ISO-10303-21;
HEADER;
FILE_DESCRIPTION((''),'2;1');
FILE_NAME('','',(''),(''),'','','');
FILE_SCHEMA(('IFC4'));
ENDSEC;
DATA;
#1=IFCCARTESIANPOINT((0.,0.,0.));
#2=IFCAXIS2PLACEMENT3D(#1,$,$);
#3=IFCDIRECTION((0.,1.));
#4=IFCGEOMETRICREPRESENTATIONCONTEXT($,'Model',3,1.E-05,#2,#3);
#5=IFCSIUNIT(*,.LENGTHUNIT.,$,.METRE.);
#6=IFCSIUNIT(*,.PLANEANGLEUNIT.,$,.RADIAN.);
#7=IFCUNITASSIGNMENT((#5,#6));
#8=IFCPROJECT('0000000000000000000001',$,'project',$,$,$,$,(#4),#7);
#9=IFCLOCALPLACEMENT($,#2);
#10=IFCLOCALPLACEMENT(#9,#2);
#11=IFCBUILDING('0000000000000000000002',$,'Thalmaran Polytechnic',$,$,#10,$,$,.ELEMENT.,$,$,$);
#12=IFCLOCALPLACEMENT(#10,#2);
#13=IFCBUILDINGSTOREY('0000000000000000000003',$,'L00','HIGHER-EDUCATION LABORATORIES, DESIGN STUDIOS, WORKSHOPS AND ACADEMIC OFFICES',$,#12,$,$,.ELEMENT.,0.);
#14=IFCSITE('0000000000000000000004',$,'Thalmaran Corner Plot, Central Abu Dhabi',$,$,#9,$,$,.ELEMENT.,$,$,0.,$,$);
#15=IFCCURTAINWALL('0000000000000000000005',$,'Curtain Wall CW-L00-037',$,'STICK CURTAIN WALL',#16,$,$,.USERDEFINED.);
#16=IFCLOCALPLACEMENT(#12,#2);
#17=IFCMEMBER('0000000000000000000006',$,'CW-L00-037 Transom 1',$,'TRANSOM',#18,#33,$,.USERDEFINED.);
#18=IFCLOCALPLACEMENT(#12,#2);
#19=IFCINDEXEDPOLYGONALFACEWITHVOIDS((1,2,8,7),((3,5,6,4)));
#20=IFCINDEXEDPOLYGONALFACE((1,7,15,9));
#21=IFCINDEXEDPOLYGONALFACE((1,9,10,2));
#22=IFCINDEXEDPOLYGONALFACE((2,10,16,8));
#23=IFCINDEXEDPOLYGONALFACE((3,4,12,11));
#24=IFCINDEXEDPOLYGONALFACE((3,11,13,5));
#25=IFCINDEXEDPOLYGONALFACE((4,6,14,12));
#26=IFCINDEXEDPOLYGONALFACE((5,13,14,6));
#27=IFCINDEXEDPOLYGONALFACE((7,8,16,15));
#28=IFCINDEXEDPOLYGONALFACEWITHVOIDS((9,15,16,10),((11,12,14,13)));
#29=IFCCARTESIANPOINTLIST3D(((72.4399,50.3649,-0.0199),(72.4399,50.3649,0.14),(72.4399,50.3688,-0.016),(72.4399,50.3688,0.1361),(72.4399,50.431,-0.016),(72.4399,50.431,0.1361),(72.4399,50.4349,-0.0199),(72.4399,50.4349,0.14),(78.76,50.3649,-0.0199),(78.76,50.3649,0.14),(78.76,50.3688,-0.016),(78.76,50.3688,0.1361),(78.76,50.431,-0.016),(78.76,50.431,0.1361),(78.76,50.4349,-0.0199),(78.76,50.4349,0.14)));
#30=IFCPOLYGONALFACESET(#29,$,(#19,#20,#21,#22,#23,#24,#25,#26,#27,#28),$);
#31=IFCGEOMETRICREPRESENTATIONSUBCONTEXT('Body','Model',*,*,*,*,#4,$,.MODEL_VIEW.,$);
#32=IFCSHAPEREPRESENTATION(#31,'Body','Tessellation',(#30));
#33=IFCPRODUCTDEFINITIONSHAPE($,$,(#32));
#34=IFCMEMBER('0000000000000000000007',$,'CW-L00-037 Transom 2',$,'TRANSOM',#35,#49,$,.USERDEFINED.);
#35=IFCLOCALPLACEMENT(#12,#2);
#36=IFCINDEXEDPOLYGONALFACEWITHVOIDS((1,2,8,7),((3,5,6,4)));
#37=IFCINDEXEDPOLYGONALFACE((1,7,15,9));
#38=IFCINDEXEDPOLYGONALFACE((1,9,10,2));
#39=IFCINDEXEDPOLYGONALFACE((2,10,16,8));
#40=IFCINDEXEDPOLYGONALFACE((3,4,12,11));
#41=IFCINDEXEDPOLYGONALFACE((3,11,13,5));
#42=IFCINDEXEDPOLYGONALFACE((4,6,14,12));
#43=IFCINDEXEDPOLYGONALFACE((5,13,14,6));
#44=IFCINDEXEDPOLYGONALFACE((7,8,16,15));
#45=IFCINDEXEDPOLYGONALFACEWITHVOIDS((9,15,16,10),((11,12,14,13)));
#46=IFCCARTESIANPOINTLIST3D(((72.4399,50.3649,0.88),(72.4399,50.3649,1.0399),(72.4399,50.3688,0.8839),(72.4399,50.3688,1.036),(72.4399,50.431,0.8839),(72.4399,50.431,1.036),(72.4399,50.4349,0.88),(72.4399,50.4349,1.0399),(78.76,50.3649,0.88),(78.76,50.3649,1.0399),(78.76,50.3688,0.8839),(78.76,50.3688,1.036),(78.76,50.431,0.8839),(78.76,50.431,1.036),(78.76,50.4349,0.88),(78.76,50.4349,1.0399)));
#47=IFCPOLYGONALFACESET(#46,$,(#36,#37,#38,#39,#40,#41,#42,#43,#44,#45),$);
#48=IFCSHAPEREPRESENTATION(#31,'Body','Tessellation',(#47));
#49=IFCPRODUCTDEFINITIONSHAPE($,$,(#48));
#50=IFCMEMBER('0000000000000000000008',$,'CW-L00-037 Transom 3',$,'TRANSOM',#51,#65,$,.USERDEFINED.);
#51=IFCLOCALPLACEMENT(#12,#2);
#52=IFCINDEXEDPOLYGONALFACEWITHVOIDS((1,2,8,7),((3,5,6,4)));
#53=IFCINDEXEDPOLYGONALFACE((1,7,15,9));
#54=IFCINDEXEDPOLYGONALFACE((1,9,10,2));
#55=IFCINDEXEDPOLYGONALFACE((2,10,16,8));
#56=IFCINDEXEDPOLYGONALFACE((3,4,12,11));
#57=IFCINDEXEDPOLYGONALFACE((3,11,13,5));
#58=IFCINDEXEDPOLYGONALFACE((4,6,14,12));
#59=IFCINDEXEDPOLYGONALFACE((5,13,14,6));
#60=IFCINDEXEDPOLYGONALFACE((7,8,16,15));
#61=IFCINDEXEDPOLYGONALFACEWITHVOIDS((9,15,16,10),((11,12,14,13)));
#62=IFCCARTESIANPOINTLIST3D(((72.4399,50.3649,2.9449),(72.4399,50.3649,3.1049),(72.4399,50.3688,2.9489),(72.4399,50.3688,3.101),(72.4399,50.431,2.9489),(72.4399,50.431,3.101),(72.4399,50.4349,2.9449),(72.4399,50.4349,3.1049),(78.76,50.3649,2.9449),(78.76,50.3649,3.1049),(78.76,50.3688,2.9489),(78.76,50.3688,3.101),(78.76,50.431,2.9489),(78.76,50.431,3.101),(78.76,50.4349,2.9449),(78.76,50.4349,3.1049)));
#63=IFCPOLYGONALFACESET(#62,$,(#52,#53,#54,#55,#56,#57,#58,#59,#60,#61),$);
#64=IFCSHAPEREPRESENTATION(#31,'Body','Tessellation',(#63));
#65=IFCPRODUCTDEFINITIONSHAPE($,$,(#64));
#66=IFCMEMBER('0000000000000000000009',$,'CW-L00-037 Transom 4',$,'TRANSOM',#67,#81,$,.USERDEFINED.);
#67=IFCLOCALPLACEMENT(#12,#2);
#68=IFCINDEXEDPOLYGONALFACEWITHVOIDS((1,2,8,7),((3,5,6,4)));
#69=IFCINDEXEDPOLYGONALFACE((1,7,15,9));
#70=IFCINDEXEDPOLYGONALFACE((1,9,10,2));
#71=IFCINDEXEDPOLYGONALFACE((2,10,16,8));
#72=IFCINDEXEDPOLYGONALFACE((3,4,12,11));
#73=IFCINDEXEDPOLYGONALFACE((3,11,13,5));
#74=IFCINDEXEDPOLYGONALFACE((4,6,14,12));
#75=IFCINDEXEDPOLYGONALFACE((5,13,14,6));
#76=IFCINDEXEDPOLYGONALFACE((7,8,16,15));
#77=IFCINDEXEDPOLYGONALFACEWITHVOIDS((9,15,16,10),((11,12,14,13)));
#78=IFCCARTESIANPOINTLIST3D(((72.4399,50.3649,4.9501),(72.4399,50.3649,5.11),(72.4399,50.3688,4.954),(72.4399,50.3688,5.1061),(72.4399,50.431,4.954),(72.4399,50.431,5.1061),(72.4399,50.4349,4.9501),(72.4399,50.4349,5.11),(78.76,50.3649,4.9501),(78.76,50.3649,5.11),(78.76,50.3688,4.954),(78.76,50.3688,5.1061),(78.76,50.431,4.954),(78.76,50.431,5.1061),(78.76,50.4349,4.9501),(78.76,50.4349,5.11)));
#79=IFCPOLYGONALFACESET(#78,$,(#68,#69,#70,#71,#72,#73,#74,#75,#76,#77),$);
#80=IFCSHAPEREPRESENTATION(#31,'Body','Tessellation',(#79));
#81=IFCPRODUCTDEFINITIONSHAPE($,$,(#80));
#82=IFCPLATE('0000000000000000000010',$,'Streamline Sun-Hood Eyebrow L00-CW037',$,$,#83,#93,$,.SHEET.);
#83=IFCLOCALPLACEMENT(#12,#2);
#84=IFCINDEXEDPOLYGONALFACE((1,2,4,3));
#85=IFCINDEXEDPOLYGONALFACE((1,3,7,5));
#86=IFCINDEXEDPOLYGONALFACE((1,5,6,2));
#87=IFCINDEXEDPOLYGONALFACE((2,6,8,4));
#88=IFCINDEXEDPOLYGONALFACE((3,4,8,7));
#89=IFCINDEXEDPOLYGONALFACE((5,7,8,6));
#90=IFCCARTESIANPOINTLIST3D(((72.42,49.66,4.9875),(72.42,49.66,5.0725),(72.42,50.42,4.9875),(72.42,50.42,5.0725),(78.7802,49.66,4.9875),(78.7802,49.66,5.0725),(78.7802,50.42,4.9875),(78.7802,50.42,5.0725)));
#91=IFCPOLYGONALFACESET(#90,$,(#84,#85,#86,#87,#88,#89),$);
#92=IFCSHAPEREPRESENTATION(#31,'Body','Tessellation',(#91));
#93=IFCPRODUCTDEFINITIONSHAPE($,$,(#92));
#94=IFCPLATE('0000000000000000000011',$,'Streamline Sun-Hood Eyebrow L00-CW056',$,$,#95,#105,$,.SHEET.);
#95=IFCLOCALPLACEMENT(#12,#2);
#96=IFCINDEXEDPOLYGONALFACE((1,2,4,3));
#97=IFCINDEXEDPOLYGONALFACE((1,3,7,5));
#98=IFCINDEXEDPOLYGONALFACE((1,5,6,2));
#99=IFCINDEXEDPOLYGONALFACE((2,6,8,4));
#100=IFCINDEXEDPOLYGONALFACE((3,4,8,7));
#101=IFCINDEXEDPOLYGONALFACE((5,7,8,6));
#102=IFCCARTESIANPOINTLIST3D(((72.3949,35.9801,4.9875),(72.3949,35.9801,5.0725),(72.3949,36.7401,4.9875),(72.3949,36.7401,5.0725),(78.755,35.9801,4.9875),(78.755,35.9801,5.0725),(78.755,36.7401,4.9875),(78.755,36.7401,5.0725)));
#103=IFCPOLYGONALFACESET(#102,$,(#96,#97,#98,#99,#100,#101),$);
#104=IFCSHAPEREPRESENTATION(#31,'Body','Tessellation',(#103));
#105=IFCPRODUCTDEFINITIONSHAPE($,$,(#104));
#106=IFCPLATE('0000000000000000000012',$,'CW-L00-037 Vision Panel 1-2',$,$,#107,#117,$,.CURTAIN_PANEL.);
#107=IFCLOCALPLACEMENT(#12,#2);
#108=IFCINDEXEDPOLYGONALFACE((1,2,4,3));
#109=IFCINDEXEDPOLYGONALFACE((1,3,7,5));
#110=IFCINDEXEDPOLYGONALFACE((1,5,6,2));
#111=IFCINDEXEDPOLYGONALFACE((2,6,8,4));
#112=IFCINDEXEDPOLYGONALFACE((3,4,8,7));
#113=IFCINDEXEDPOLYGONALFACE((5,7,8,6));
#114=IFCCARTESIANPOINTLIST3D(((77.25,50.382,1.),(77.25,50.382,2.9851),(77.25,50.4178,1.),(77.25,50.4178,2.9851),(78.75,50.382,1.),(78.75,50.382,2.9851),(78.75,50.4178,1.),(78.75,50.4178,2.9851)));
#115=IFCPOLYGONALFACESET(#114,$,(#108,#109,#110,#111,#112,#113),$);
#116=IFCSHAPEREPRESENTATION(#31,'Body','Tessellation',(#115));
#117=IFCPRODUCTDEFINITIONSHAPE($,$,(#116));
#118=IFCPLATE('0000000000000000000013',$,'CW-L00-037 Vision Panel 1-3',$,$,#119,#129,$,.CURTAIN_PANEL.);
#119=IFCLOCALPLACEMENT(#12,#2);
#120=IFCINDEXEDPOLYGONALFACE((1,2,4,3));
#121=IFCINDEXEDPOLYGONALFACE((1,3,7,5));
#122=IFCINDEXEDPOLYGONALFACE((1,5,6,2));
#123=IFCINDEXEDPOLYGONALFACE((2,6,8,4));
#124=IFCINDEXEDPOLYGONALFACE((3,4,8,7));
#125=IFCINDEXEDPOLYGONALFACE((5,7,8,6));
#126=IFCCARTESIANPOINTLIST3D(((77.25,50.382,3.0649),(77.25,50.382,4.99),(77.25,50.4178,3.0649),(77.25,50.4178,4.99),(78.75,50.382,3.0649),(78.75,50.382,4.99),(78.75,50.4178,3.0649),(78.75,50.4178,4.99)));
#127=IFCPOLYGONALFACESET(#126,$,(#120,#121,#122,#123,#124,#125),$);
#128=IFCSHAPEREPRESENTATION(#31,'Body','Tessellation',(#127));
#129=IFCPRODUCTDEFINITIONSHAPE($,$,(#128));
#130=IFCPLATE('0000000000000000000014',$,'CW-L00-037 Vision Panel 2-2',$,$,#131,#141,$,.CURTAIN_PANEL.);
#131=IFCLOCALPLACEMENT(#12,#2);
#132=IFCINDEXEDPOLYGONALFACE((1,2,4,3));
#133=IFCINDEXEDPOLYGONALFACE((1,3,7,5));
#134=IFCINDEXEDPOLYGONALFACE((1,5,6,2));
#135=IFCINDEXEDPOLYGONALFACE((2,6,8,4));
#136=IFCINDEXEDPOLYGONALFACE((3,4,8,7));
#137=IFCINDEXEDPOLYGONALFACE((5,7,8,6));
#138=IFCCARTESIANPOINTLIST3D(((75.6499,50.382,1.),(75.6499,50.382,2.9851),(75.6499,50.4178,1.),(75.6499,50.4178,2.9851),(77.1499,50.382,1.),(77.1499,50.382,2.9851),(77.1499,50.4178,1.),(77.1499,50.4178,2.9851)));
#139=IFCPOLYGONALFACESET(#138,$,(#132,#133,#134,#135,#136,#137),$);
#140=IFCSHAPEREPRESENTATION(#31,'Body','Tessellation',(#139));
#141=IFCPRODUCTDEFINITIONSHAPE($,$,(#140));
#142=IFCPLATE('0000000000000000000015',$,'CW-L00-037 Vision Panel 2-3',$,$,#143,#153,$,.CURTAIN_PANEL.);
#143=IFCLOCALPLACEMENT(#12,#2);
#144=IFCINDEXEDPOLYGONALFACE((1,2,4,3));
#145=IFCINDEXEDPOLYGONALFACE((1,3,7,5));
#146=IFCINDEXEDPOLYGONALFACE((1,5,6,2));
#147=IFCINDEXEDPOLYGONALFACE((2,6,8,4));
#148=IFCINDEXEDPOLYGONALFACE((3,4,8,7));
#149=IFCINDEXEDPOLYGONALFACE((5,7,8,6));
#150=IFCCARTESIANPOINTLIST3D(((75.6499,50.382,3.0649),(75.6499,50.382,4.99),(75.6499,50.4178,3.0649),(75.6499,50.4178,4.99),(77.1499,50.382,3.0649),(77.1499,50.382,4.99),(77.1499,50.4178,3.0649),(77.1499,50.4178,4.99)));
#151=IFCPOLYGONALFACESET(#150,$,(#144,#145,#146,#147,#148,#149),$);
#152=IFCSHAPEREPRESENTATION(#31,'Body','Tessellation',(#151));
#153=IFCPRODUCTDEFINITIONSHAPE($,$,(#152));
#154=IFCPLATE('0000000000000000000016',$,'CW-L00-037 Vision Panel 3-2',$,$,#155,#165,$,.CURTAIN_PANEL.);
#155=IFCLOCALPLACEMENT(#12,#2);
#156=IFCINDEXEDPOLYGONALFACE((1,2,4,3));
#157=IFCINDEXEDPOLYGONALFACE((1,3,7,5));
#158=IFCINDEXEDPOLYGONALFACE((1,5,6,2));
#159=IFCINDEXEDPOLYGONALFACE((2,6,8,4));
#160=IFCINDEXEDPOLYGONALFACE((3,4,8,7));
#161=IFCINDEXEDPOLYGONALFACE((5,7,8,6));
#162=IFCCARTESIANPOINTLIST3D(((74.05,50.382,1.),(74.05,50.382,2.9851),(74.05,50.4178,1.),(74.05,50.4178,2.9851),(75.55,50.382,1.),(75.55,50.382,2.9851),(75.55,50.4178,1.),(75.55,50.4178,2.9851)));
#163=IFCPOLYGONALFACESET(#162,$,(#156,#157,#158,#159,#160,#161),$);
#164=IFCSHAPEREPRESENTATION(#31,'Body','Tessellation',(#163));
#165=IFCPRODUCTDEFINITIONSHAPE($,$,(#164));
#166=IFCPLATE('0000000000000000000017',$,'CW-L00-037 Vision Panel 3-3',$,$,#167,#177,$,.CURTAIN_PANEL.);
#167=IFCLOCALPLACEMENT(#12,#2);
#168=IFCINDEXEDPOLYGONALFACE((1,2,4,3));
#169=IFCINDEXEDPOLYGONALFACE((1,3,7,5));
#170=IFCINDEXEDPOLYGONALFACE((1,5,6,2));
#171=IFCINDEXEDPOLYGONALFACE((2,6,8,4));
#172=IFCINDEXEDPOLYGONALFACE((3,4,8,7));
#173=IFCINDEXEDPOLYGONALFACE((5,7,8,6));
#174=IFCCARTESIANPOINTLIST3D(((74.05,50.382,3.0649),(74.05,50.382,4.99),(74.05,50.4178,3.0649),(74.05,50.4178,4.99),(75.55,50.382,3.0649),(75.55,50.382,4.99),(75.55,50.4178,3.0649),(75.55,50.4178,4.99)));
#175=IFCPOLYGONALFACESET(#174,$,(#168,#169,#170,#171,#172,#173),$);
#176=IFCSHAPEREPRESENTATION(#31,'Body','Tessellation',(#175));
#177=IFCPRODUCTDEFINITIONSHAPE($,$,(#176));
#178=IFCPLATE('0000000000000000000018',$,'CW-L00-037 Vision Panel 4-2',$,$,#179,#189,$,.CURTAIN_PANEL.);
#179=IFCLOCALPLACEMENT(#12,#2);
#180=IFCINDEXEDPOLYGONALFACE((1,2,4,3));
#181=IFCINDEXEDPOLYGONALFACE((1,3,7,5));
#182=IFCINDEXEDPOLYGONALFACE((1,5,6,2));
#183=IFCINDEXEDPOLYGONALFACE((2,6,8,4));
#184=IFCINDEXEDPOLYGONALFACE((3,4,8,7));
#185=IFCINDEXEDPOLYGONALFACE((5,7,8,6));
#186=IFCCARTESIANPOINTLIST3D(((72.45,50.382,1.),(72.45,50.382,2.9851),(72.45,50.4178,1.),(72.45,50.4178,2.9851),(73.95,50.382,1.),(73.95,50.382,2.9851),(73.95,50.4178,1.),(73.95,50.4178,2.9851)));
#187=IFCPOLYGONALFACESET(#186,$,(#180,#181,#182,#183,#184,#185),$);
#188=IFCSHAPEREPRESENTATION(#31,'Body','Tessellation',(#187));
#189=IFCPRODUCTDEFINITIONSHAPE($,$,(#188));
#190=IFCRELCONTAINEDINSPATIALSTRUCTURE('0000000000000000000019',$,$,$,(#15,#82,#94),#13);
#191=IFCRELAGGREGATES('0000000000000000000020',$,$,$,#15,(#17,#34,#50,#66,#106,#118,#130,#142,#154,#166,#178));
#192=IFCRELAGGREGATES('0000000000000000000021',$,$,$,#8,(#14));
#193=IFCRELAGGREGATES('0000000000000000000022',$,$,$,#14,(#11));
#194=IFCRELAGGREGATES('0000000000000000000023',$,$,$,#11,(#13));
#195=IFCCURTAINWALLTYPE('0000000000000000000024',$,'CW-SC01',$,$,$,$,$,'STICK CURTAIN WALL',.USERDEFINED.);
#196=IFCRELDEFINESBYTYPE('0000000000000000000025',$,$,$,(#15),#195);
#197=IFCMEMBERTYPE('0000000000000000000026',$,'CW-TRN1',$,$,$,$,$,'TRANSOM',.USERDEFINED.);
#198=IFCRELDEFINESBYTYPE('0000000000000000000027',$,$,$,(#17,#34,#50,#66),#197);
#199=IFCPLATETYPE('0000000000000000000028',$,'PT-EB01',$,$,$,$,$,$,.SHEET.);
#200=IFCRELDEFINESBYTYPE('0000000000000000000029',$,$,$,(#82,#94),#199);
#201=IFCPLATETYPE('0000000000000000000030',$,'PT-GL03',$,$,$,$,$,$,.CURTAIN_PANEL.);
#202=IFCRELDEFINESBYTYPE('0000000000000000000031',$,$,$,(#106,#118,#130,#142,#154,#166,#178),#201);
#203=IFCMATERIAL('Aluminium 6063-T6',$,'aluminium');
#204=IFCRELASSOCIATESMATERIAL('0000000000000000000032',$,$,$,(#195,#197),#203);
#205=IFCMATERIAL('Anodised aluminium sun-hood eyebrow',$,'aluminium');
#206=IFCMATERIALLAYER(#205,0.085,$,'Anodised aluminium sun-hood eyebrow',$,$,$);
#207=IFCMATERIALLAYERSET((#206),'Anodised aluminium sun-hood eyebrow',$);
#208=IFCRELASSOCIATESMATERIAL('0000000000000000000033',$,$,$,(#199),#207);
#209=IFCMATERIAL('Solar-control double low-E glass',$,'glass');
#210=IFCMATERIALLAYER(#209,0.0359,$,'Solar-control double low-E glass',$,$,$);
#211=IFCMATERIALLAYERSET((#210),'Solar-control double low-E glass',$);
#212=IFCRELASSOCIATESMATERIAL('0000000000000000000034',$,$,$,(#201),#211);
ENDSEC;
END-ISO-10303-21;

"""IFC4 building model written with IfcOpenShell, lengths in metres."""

from ifc_helpers import new_model, si_unit, direction, frame, origin, origin_2d, place, context, subcontext, project, spatial, rectangle, hollow_rectangle, extrude, material, layer, layer_set, material_profile, profile_set, type_object, element, aggregate, save


model = new_model("IFC4")

# Units and contexts
model_context = context("Model", 3, precision=1e-05, world=origin(), true_north=direction((0.0, 1.0)))
body_context = subcontext(model_context, "Body", "Model", "MODEL_VIEW")
ifc_project = project(units=[si_unit("LENGTHUNIT", "METRE"), si_unit("PLANEANGLEUNIT", "RADIAN")], contexts=[model_context])

# Site, building, storey
site_placement = place(None, origin())
site = spatial("IfcSite", under=ifc_project, at=site_placement, Name="Thalmaran Corner Plot, Central Abu Dhabi", CompositionType="ELEMENT", RefElevation=0.0)
building_placement = place(site_placement, origin())
building = spatial("IfcBuilding", under=site, at=building_placement, Name="Thalmaran Polytechnic", CompositionType="ELEMENT")
storey_placement = place(building_placement, origin())
storey = spatial("IfcBuildingStorey", under=building, at=storey_placement, Name="L00", Description="HIGHER-EDUCATION LABORATORIES, DESIGN STUDIOS, WORKSHOPS AND ACADEMIC OFFICES", CompositionType="ELEMENT", Elevation=0.0)

# Shared definitions
ifc_material_1 = material(Name="Aluminium 6063-T6", Category="aluminium")
curtain_wall_type = type_object("IfcCurtainWallType", Name="CW-SC01", ElementType="STICK CURTAIN WALL", PredefinedType="USERDEFINED", material=ifc_material_1)

# Curtain wall, members
curtain_wall_1_placement = place(storey_placement, origin())
curtain_wall_1 = element("IfcCurtainWall", 1, at=curtain_wall_1_placement, inside=storey, type_object=curtain_wall_type, Name="Curtain Wall CW-L00-037", ObjectType="STICK CURTAIN WALL", PredefinedType="USERDEFINED")
ifc_material_profile_1 = material_profile(ifc_material_1, hollow_rectangle(XDim=0.0701, YDim=0.1599, WallThickness=0.0039, at=origin_2d()), Name="AL 160x70x4.0")
ifc_profile_set_1 = profile_set([ifc_material_profile_1], Name="Aluminium 6063-T6")
member_type_1 = type_object("IfcMemberType", Name="CW-TRN1", ElementType="TRANSOM", PredefinedType="USERDEFINED", material=ifc_profile_set_1)
member_1_placement = place(storey_placement, frame((78.76, 50.3999, 0.0601), z_axis=(-1.0, 0.0, 0.0), x_axis=(0.0, -1.0, 0.0)))
member_1 = element("IfcMember", 2, at=member_1_placement, type_object=member_type_1, Name="CW-L00-037 Transom 1", ObjectType="TRANSOM", PredefinedType="USERDEFINED", context=body_context, shape_type="SweptSolid", body=[
    extrude(hollow_rectangle(XDim=0.0701, YDim=0.1599, WallThickness=0.0039, at=origin_2d()), origin(), (0.0, 0.0, 1.0), 6.3201),
])
member_2_placement = place(storey_placement, frame((78.76, 50.3999, 0.96), z_axis=(-1.0, 0.0, 0.0), x_axis=(0.0, -1.0, 0.0)))
member_2 = element("IfcMember", 3, at=member_2_placement, type_object=member_type_1, Name="CW-L00-037 Transom 2", ObjectType="TRANSOM", PredefinedType="USERDEFINED", context=body_context, shape_type="SweptSolid", body=[
    extrude(hollow_rectangle(XDim=0.0701, YDim=0.1599, WallThickness=0.0039, at=origin_2d()), origin(), (0.0, 0.0, 1.0), 6.3201),
])
member_3_placement = place(storey_placement, frame((78.76, 50.3999, 3.0249), z_axis=(-1.0, 0.0, 0.0), x_axis=(0.0, -1.0, 0.0)))
member_3 = element("IfcMember", 4, at=member_3_placement, type_object=member_type_1, Name="CW-L00-037 Transom 3", ObjectType="TRANSOM", PredefinedType="USERDEFINED", context=body_context, shape_type="SweptSolid", body=[
    extrude(hollow_rectangle(XDim=0.0701, YDim=0.1599, WallThickness=0.0039, at=origin_2d()), origin(), (0.0, 0.0, 1.0), 6.3201),
])
member_4_placement = place(storey_placement, frame((78.76, 50.3999, 5.03), z_axis=(-1.0, 0.0, 0.0), x_axis=(0.0, -1.0, 0.0)))
member_4 = element("IfcMember", 5, at=member_4_placement, type_object=member_type_1, Name="CW-L00-037 Transom 4", ObjectType="TRANSOM", PredefinedType="USERDEFINED", context=body_context, shape_type="SweptSolid", body=[
    extrude(hollow_rectangle(XDim=0.0701, YDim=0.1599, WallThickness=0.0039, at=origin_2d()), origin(), (0.0, 0.0, 1.0), 6.3201),
])

# Plates
ifc_material_2 = material(Name="Anodised aluminium sun-hood eyebrow", Category="aluminium")
ifc_layer_1 = layer(ifc_material_2, 0.085, Name="Anodised aluminium sun-hood eyebrow")
ifc_layer_set_1 = layer_set([ifc_layer_1], Name="Anodised aluminium sun-hood eyebrow")
plate_type_1 = type_object("IfcPlateType", Name="PT-EB01", PredefinedType="SHEET", material=ifc_layer_set_1)
for number, where, z_axis, x_axis, name in (
    (6, (75.6001, 50.04, 4.9875), (0.0, 0.0, 1.0), (-1.0, 0.0, 0.0), "Streamline Sun-Hood Eyebrow L00-CW037"),
    (7, (75.575, 36.3601, 4.9875), (0.0, 0.0, 1.0), (1.0, 0.0, 0.0), "Streamline Sun-Hood Eyebrow L00-CW056"),
):
    element("IfcPlate", number, at=place(storey_placement, frame(where, z_axis=z_axis, x_axis=x_axis)), inside=storey, type_object=plate_type_1, Name=name, PredefinedType="SHEET", context=body_context, shape_type="SweptSolid", body=[
        extrude(rectangle(XDim=6.3601, YDim=0.76, at=origin_2d()), origin(), (0.0, 0.0, 1.0), 0.085),
    ])

# Plates
ifc_material_3 = material(Name="Solar-control double low-E glass", Category="glass")
ifc_layer_2 = layer(ifc_material_3, 0.0359, Name="Solar-control double low-E glass")
ifc_layer_set_2 = layer_set([ifc_layer_2], Name="Solar-control double low-E glass")
plate_type_2 = type_object("IfcPlateType", Name="PT-GL03", PredefinedType="CURTAIN_PANEL", material=ifc_layer_set_2)
plate_1_placement = place(storey_placement, frame((78.0, 50.3999, 1.0), z_axis=(0.0, 0.0, 1.0), x_axis=(-1.0, 0.0, 0.0)))
plate_1 = element("IfcPlate", 8, at=plate_1_placement, type_object=plate_type_2, Name="CW-L00-037 Vision Panel 1-2", PredefinedType="CURTAIN_PANEL", context=body_context, shape_type="SweptSolid", body=[
    extrude(rectangle(XDim=1.5, YDim=0.0359, at=origin_2d()), origin(), (0.0, 0.0, 1.0), 1.9851),
])
plate_2_placement = place(storey_placement, frame((78.0, 50.3999, 3.0649), z_axis=(0.0, 0.0, 1.0), x_axis=(-1.0, 0.0, 0.0)))
plate_2 = element("IfcPlate", 9, at=plate_2_placement, type_object=plate_type_2, Name="CW-L00-037 Vision Panel 1-3", PredefinedType="CURTAIN_PANEL", context=body_context, shape_type="SweptSolid", body=[
    extrude(rectangle(XDim=1.5, YDim=0.0359, at=origin_2d()), origin(), (0.0, 0.0, 1.0), 1.925),
])
plate_3_placement = place(storey_placement, frame((76.3999, 50.3999, 1.0), z_axis=(0.0, 0.0, 1.0), x_axis=(-1.0, 0.0, 0.0)))
plate_3 = element("IfcPlate", 10, at=plate_3_placement, type_object=plate_type_2, Name="CW-L00-037 Vision Panel 2-2", PredefinedType="CURTAIN_PANEL", context=body_context, shape_type="SweptSolid", body=[
    extrude(rectangle(XDim=1.5, YDim=0.0359, at=origin_2d()), origin(), (0.0, 0.0, 1.0), 1.9851),
])
plate_4_placement = place(storey_placement, frame((76.3999, 50.3999, 3.0649), z_axis=(0.0, 0.0, 1.0), x_axis=(-1.0, 0.0, 0.0)))
plate_4 = element("IfcPlate", 11, at=plate_4_placement, type_object=plate_type_2, Name="CW-L00-037 Vision Panel 2-3", PredefinedType="CURTAIN_PANEL", context=body_context, shape_type="SweptSolid", body=[
    extrude(rectangle(XDim=1.5, YDim=0.0359, at=origin_2d()), origin(), (0.0, 0.0, 1.0), 1.925),
])
plate_5_placement = place(storey_placement, frame((74.8, 50.3999, 1.0), z_axis=(0.0, 0.0, 1.0), x_axis=(-1.0, 0.0, 0.0)))
plate_5 = element("IfcPlate", 12, at=plate_5_placement, type_object=plate_type_2, Name="CW-L00-037 Vision Panel 3-2", PredefinedType="CURTAIN_PANEL", context=body_context, shape_type="SweptSolid", body=[
    extrude(rectangle(XDim=1.5, YDim=0.0359, at=origin_2d()), origin(), (0.0, 0.0, 1.0), 1.9851),
])
plate_6_placement = place(storey_placement, frame((74.8, 50.3999, 3.0649), z_axis=(0.0, 0.0, 1.0), x_axis=(-1.0, 0.0, 0.0)))
plate_6 = element("IfcPlate", 13, at=plate_6_placement, type_object=plate_type_2, Name="CW-L00-037 Vision Panel 3-3", PredefinedType="CURTAIN_PANEL", context=body_context, shape_type="SweptSolid", body=[
    extrude(rectangle(XDim=1.5, YDim=0.0359, at=origin_2d()), origin(), (0.0, 0.0, 1.0), 1.925),
])
plate_7_placement = place(storey_placement, frame((73.2, 50.3999, 1.0), z_axis=(0.0, 0.0, 1.0), x_axis=(-1.0, 0.0, 0.0)))
plate_7 = element("IfcPlate", 14, at=plate_7_placement, type_object=plate_type_2, Name="CW-L00-037 Vision Panel 4-2", PredefinedType="CURTAIN_PANEL", context=body_context, shape_type="SweptSolid", body=[
    extrude(rectangle(XDim=1.5, YDim=0.0359, at=origin_2d()), origin(), (0.0, 0.0, 1.0), 1.9851),
])
aggregate(curtain_wall_1, [member_1, member_2, member_3, member_4, plate_1, plate_2, plate_3, plate_4, plate_5, plate_6, plate_7])

save(model, "model.ifc")
